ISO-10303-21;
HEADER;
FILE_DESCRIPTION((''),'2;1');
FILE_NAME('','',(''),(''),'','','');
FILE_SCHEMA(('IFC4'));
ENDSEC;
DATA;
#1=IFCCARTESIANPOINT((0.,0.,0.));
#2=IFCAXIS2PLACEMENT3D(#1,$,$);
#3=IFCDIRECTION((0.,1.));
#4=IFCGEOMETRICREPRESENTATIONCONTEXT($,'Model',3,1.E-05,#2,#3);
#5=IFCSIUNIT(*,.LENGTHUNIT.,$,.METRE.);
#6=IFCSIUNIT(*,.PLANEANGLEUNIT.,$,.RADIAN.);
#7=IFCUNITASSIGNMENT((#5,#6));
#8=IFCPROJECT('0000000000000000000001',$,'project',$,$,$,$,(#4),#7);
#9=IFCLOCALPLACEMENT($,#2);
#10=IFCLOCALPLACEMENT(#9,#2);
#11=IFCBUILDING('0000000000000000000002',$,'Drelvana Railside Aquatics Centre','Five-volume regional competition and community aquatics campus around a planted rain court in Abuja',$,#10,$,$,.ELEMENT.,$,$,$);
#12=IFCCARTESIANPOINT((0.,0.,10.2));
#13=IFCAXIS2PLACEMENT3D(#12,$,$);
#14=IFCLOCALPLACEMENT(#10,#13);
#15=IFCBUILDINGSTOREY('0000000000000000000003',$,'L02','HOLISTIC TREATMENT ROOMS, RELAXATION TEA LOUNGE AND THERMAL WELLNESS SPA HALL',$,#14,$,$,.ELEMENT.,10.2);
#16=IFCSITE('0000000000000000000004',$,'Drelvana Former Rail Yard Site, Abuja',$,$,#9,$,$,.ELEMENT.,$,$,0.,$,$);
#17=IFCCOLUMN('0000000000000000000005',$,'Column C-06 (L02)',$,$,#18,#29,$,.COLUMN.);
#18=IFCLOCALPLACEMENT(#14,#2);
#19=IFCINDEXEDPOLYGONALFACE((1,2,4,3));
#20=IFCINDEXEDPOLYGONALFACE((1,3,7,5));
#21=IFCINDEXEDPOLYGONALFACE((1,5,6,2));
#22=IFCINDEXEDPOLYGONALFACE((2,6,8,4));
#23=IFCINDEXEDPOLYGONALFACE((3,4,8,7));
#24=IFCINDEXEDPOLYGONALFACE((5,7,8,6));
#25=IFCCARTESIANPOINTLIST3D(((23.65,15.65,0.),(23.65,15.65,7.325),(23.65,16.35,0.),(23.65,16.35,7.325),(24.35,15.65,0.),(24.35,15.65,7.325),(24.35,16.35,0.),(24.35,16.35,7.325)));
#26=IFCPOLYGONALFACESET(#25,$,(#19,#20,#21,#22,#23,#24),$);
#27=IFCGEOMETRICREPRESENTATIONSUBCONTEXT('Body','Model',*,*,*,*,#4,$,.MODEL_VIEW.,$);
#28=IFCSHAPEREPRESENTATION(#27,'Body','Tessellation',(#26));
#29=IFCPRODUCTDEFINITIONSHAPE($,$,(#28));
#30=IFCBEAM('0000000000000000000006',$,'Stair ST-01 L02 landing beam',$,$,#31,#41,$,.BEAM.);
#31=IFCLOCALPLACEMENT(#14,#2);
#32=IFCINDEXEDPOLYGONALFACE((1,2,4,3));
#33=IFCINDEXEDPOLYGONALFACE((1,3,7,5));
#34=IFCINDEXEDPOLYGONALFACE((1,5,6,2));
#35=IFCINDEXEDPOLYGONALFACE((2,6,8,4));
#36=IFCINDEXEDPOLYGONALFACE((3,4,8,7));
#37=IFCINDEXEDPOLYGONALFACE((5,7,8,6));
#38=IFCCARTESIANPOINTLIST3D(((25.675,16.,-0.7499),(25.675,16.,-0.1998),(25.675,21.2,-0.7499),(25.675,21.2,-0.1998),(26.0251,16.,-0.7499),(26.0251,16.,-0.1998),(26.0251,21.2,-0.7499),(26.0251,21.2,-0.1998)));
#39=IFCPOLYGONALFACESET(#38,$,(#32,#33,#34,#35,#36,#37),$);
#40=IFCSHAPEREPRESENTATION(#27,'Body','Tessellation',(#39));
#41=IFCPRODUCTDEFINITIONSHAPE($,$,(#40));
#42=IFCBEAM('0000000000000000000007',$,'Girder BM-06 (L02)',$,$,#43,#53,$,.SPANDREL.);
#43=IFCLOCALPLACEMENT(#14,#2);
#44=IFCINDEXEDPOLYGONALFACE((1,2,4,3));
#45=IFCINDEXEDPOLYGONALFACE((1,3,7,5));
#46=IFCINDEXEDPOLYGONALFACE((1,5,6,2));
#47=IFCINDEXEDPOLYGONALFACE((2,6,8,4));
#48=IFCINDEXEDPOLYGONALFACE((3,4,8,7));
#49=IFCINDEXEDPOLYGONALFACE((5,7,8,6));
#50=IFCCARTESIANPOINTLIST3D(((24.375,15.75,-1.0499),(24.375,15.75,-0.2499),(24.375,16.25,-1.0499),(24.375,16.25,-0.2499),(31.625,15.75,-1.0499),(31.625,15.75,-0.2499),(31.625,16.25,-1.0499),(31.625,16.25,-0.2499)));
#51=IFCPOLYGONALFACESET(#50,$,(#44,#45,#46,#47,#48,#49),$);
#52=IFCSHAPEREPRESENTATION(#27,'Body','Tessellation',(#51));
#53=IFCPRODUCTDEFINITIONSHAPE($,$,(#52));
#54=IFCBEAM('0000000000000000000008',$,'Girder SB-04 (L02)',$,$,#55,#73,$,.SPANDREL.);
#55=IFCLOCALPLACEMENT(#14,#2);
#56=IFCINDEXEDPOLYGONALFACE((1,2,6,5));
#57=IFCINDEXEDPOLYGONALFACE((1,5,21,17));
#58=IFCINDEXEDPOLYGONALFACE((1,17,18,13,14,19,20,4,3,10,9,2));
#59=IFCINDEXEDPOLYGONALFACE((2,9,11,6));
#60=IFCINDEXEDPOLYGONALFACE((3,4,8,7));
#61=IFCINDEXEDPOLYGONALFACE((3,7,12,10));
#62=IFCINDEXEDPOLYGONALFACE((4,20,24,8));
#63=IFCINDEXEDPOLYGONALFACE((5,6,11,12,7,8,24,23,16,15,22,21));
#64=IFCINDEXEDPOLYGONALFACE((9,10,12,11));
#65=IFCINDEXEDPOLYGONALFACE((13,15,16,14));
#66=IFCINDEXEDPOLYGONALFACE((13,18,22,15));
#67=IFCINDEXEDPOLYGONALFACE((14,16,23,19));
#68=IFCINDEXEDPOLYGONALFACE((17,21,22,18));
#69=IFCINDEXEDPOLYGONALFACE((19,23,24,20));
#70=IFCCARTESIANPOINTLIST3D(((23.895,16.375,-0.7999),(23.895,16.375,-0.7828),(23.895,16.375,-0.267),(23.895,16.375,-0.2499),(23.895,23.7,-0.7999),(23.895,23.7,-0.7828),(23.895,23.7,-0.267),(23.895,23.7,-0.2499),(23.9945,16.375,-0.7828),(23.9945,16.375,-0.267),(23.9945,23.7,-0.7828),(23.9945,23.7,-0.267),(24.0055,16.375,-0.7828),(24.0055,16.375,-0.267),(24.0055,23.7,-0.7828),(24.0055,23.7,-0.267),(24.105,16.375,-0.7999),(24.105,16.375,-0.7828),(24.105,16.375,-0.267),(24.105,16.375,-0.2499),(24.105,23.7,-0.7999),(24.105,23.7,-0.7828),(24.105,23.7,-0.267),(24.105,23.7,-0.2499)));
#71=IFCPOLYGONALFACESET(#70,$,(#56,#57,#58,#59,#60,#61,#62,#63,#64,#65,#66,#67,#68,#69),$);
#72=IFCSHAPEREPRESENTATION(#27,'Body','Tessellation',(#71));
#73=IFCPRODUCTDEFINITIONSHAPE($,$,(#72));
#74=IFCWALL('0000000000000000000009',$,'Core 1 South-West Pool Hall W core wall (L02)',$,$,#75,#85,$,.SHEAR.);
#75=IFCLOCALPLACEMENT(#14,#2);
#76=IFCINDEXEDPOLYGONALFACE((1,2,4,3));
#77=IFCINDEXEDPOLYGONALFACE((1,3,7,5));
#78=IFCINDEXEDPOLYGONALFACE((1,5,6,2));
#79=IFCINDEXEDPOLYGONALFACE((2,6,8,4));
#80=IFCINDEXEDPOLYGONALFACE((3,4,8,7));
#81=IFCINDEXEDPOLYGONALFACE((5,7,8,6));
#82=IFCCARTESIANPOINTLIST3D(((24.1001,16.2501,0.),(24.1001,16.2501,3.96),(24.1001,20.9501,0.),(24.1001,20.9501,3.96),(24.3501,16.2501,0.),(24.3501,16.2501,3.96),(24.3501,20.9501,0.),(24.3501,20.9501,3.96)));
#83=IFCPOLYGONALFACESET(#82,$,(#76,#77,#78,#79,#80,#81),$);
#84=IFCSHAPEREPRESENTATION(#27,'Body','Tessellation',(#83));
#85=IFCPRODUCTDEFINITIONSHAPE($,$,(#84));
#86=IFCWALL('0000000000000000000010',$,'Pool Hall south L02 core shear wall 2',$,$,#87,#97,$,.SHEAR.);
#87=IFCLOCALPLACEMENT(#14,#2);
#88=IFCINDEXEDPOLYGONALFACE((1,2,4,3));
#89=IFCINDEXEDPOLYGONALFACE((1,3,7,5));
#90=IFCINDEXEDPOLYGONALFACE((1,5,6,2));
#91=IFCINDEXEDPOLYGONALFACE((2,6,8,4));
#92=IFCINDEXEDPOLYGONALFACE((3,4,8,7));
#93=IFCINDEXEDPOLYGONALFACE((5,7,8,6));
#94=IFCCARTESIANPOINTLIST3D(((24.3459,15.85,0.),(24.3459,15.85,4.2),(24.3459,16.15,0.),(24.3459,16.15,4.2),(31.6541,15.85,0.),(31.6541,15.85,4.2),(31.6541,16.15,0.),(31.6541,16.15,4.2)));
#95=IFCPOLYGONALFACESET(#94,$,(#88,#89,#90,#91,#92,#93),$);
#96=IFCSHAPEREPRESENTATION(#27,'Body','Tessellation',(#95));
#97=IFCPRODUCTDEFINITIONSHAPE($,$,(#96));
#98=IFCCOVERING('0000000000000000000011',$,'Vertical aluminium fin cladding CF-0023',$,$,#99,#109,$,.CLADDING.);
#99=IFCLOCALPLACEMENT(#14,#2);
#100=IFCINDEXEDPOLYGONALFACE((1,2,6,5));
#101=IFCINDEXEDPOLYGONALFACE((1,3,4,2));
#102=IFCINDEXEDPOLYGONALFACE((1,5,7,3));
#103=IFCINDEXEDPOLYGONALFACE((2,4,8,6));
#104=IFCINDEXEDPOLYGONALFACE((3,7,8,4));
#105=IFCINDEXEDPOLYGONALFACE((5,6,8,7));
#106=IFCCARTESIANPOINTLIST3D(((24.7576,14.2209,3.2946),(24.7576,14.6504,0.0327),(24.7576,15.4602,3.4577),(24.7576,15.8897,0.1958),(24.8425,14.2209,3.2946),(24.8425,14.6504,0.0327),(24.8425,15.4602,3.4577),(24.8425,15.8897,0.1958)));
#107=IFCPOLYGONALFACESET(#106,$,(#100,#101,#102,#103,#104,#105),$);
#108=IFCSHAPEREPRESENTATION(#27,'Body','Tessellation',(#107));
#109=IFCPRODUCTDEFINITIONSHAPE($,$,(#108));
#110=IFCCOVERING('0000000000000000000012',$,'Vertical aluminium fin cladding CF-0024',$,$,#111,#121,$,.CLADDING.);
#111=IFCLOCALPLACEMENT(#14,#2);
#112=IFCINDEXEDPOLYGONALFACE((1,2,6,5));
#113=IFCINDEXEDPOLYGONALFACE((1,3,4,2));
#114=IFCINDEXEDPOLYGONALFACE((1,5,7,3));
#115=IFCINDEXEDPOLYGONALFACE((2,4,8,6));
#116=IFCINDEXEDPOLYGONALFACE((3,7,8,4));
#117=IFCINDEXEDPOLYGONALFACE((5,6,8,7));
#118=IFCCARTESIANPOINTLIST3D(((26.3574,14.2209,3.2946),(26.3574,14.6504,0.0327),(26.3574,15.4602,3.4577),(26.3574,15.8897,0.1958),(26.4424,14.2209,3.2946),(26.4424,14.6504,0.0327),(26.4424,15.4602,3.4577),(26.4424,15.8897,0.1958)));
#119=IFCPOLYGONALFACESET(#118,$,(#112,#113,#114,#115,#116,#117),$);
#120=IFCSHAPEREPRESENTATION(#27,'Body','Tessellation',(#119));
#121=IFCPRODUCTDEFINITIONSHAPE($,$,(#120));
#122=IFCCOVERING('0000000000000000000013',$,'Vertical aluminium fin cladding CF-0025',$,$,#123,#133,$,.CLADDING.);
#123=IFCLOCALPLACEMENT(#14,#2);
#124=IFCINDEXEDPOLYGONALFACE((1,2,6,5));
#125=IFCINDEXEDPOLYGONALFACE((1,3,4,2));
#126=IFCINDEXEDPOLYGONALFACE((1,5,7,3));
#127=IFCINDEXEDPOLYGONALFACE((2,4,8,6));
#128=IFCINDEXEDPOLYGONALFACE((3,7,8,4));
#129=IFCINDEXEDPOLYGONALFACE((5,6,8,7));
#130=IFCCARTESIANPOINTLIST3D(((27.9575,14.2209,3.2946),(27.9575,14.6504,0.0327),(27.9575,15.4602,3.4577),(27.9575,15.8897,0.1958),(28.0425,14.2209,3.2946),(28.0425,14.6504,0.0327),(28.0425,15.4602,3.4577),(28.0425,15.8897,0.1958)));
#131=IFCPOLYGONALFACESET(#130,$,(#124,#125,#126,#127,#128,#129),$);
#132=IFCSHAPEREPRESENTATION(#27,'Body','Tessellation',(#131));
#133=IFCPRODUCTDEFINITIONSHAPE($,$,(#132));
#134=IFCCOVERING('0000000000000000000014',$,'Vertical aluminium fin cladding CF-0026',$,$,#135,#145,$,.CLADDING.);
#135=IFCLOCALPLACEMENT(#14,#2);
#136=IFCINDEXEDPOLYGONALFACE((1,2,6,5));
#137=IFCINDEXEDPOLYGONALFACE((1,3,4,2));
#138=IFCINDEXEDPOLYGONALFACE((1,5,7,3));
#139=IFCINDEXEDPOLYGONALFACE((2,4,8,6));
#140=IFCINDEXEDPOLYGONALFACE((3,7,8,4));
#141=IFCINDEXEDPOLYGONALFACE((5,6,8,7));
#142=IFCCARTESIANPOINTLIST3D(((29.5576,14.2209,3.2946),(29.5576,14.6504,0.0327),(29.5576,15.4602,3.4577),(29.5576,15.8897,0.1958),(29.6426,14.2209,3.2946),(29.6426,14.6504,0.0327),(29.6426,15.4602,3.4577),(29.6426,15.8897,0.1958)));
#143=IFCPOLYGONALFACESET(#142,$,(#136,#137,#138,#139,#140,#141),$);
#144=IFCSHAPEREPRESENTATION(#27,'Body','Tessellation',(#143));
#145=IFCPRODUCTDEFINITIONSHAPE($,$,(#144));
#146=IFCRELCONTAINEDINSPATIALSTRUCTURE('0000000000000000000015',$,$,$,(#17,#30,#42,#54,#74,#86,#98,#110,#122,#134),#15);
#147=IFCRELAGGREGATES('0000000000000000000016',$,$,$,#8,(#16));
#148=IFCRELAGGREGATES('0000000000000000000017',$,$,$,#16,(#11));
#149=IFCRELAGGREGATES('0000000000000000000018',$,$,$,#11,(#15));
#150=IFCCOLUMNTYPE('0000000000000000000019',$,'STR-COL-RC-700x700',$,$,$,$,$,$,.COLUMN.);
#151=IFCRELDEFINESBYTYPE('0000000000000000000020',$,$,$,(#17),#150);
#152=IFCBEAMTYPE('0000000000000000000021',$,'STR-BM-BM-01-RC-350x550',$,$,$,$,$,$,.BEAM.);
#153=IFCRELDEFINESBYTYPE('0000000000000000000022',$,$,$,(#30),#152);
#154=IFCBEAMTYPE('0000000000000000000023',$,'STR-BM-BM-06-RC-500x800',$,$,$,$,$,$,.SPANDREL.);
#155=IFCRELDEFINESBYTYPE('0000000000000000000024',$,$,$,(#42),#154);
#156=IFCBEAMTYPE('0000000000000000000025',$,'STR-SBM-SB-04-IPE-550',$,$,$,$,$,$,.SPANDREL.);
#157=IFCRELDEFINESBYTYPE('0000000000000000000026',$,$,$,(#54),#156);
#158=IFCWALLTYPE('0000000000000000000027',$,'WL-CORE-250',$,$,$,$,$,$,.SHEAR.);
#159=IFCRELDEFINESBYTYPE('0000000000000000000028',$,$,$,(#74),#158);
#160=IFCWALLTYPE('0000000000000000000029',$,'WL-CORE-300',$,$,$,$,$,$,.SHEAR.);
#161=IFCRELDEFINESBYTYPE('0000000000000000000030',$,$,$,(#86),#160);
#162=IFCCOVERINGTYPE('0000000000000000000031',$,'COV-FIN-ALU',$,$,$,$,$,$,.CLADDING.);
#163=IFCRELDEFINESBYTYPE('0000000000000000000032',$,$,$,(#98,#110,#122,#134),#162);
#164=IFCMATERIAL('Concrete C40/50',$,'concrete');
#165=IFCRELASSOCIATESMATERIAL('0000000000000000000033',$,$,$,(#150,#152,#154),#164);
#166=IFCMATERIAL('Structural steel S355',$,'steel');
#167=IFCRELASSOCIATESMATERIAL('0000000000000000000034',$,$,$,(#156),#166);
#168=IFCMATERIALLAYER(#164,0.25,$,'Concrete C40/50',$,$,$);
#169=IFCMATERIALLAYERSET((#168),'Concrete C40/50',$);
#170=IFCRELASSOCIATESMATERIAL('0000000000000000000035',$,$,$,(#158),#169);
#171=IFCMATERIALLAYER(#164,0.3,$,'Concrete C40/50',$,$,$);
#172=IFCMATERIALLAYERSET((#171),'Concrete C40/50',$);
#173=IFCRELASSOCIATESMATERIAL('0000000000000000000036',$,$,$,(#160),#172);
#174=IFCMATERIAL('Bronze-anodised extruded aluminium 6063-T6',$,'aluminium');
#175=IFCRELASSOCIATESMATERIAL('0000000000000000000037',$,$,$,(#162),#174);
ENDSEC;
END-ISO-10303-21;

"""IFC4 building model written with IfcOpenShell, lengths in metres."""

from ifc_helpers import new_model, si_unit, direction, frame, frame_2d, origin, origin_2d, place, context, subcontext, project, spatial, rectangle, i_section, extrude, material, layer, layer_set, material_profile, profile_set, type_object, element, save


model = new_model("IFC4")

# Units and contexts
model_context = context("Model", 3, precision=1e-05, world=origin(), true_north=direction((0.0, 1.0)))
body_context = subcontext(model_context, "Body", "Model", "MODEL_VIEW")
ifc_project = project(units=[si_unit("LENGTHUNIT", "METRE"), si_unit("PLANEANGLEUNIT", "RADIAN")], contexts=[model_context])

# Site, building, storey
site_placement = place(None, origin())
site = spatial("IfcSite", under=ifc_project, at=site_placement, Name="Drelvana Former Rail Yard Site, Abuja", CompositionType="ELEMENT", RefElevation=0.0)
building_placement = place(site_placement, origin())
building = spatial("IfcBuilding", under=site, at=building_placement, Name="Drelvana Railside Aquatics Centre", Description="Five-volume regional competition and community aquatics campus around a planted rain court in Abuja", CompositionType="ELEMENT")
storey_placement = place(building_placement, frame((0.0, 0.0, 10.2)))
storey = spatial("IfcBuildingStorey", under=building, at=storey_placement, Name="L02", Description="HOLISTIC TREATMENT ROOMS, RELAXATION TEA LOUNGE AND THERMAL WELLNESS SPA HALL", CompositionType="ELEMENT", Elevation=10.2)

# Column
ifc_material_1 = material(Name="Concrete C40/50", Category="concrete")
ifc_material_profile_1 = material_profile(ifc_material_1, rectangle(XDim=0.7, YDim=0.7, at=origin_2d()), Name="RC 700x700")
ifc_profile_set_1 = profile_set([ifc_material_profile_1], Name="Concrete C40/50")
column_type = type_object("IfcColumnType", Name="STR-COL-RC-700x700", PredefinedType="COLUMN", material=ifc_profile_set_1)
column_placement = place(storey_placement, frame((24.0, 16.0, 0.0), z_axis=(0.0, 0.0, 1.0), x_axis=(1.0, 0.0, 0.0)))
element("IfcColumn", 1, at=column_placement, inside=storey, type_object=column_type, Name="Column C-06 (L02)", PredefinedType="COLUMN", context=body_context, shape_type="SweptSolid", body=[
    extrude(rectangle(XDim=0.7, YDim=0.7, at=origin_2d()), origin(), (0.0, 0.0, 1.0), 7.325),
])

# Beams
ifc_material_profile_2 = material_profile(ifc_material_1, rectangle(XDim=0.3501, YDim=0.55, at=origin_2d()), Name="RC 350x550")
ifc_profile_set_2 = profile_set([ifc_material_profile_2], Name="Concrete C40/50")
beam_type_1 = type_object("IfcBeamType", Name="STR-BM-BM-01-RC-350x550", PredefinedType="BEAM", material=ifc_profile_set_2)
beam_1_placement = place(storey_placement, frame((25.8501, 16.0, -0.4749), z_axis=(0.0, 1.0, 0.0), x_axis=(-1.0, 0.0, 0.0)))
element("IfcBeam", 2, at=beam_1_placement, inside=storey, type_object=beam_type_1, Name="Stair ST-01 L02 landing beam", PredefinedType="BEAM", context=body_context, shape_type="SweptSolid", body=[
    extrude(rectangle(XDim=0.3501, YDim=0.55, at=origin_2d()), origin(), (0.0, 0.0, 1.0), 5.2),
])
ifc_material_profile_3 = material_profile(ifc_material_1, rectangle(XDim=0.5, YDim=0.8, at=origin_2d()), Name="RC 500x800")
ifc_profile_set_3 = profile_set([ifc_material_profile_3], Name="Concrete C40/50")
beam_type_2 = type_object("IfcBeamType", Name="STR-BM-BM-06-RC-500x800", PredefinedType="SPANDREL", material=ifc_profile_set_3)
beam_2_placement = place(storey_placement, frame((24.375, 16.0, -0.6499), z_axis=(1.0, 0.0, 0.0), x_axis=(0.0, 1.0, 0.0)))
element("IfcBeam", 3, at=beam_2_placement, inside=storey, type_object=beam_type_2, Name="Girder BM-06 (L02)", PredefinedType="SPANDREL", context=body_context, shape_type="SweptSolid", body=[
    extrude(rectangle(XDim=0.5, YDim=0.8, at=origin_2d()), origin(), (0.0, 0.0, 1.0), 7.25),
])
ifc_material_2 = material(Name="Structural steel S355", Category="steel")
ifc_material_profile_4 = material_profile(ifc_material_2, i_section(OverallWidth=0.21, OverallDepth=0.55, WebThickness=0.011, FlangeThickness=0.0171, at=origin_2d()), Name="IPE 550")
ifc_profile_set_4 = profile_set([ifc_material_profile_4], Name="Structural steel S355")
beam_type_3 = type_object("IfcBeamType", Name="STR-SBM-SB-04-IPE-550", PredefinedType="SPANDREL", material=ifc_profile_set_4)
beam_3_placement = place(storey_placement, frame((24.0, 16.375, -0.5249), z_axis=(0.0, 1.0, 0.0), x_axis=(-1.0, 0.0, 0.0)))
element("IfcBeam", 4, at=beam_3_placement, inside=storey, type_object=beam_type_3, Name="Girder SB-04 (L02)", PredefinedType="SPANDREL", context=body_context, shape_type="SweptSolid", body=[
    extrude(i_section(OverallWidth=0.21, OverallDepth=0.55, WebThickness=0.011, FlangeThickness=0.0171, at=origin_2d()), origin(), (0.0, 0.0, 1.0), 7.325),
])

# Walls
ifc_layer_1 = layer(ifc_material_1, 0.25, Name="Concrete C40/50")
ifc_layer_set_1 = layer_set([ifc_layer_1], Name="Concrete C40/50")
wall_type_1 = type_object("IfcWallType", Name="WL-CORE-250", PredefinedType="SHEAR", material=ifc_layer_set_1)
wall_1_placement = place(storey_placement, frame((24.2251, 16.25, 0.0), z_axis=(0.0, 0.0, 1.0), x_axis=(0.0, 1.0, 0.0)))
element("IfcWall", 5, at=wall_1_placement, inside=storey, type_object=wall_type_1, Name="Core 1 South-West Pool Hall W core wall (L02)", PredefinedType="SHEAR", context=body_context, shape_type="SweptSolid", body=[
    extrude(rectangle(XDim=4.7, YDim=0.25, at=frame_2d((2.3501, 0.0))), origin(), (0.0, 0.0, 1.0), 3.96),
])
ifc_layer_2 = layer(ifc_material_1, 0.3, Name="Concrete C40/50")
ifc_layer_set_2 = layer_set([ifc_layer_2], Name="Concrete C40/50")
wall_type_2 = type_object("IfcWallType", Name="WL-CORE-300", PredefinedType="SHEAR", material=ifc_layer_set_2)
wall_2_placement = place(storey_placement, frame((24.3459, 16.0, 0.0), z_axis=(0.0, 0.0, 1.0), x_axis=(1.0, 0.0, 0.0)))
element("IfcWall", 6, at=wall_2_placement, inside=storey, type_object=wall_type_2, Name="Pool Hall south L02 core shear wall 2", PredefinedType="SHEAR", context=body_context, shape_type="SweptSolid", body=[
    extrude(rectangle(XDim=7.3081, YDim=0.3, at=frame_2d((3.6541, 0.0))), origin(), (0.0, 0.0, 1.0), 4.2),
])

# Coverings
ifc_material_3 = material(Name="Bronze-anodised extruded aluminium 6063-T6", Category="aluminium")
covering_type = type_object("IfcCoveringType", Name="COV-FIN-ALU", PredefinedType="CLADDING", material=ifc_material_3)
for number, where, z_axis, x_axis, name in (
    (7, (24.8, 15.27, 0.1143), (0.0, -0.130526, 0.991445), (-1.0, 0.0, 0.0), "Vertical aluminium fin cladding CF-0023"),
    (8, (26.3999, 15.27, 0.1143), (0.0, -0.130526, 0.991445), (-1.0, 0.0, 0.0), "Vertical aluminium fin cladding CF-0024"),
    (9, (28.0, 15.27, 0.1143), (0.0, -0.130526, 0.991445), (-1.0, 0.0, 0.0), "Vertical aluminium fin cladding CF-0025"),
    (10, (29.6001, 15.27, 0.1143), (0.0, -0.130526, 0.991445), (-1.0, 0.0, 0.0), "Vertical aluminium fin cladding CF-0026"),
):
    element("IfcCovering", number, at=place(storey_placement, frame(where, z_axis=z_axis, x_axis=x_axis)), inside=storey, type_object=covering_type, Name=name, PredefinedType="CLADDING", context=body_context, shape_type="SweptSolid", body=[
        extrude(rectangle(XDim=0.085, YDim=1.25, at=origin_2d()), origin(), (0.0, 0.0, 1.0), 3.29),
    ])

save(model, "model.ifc")
